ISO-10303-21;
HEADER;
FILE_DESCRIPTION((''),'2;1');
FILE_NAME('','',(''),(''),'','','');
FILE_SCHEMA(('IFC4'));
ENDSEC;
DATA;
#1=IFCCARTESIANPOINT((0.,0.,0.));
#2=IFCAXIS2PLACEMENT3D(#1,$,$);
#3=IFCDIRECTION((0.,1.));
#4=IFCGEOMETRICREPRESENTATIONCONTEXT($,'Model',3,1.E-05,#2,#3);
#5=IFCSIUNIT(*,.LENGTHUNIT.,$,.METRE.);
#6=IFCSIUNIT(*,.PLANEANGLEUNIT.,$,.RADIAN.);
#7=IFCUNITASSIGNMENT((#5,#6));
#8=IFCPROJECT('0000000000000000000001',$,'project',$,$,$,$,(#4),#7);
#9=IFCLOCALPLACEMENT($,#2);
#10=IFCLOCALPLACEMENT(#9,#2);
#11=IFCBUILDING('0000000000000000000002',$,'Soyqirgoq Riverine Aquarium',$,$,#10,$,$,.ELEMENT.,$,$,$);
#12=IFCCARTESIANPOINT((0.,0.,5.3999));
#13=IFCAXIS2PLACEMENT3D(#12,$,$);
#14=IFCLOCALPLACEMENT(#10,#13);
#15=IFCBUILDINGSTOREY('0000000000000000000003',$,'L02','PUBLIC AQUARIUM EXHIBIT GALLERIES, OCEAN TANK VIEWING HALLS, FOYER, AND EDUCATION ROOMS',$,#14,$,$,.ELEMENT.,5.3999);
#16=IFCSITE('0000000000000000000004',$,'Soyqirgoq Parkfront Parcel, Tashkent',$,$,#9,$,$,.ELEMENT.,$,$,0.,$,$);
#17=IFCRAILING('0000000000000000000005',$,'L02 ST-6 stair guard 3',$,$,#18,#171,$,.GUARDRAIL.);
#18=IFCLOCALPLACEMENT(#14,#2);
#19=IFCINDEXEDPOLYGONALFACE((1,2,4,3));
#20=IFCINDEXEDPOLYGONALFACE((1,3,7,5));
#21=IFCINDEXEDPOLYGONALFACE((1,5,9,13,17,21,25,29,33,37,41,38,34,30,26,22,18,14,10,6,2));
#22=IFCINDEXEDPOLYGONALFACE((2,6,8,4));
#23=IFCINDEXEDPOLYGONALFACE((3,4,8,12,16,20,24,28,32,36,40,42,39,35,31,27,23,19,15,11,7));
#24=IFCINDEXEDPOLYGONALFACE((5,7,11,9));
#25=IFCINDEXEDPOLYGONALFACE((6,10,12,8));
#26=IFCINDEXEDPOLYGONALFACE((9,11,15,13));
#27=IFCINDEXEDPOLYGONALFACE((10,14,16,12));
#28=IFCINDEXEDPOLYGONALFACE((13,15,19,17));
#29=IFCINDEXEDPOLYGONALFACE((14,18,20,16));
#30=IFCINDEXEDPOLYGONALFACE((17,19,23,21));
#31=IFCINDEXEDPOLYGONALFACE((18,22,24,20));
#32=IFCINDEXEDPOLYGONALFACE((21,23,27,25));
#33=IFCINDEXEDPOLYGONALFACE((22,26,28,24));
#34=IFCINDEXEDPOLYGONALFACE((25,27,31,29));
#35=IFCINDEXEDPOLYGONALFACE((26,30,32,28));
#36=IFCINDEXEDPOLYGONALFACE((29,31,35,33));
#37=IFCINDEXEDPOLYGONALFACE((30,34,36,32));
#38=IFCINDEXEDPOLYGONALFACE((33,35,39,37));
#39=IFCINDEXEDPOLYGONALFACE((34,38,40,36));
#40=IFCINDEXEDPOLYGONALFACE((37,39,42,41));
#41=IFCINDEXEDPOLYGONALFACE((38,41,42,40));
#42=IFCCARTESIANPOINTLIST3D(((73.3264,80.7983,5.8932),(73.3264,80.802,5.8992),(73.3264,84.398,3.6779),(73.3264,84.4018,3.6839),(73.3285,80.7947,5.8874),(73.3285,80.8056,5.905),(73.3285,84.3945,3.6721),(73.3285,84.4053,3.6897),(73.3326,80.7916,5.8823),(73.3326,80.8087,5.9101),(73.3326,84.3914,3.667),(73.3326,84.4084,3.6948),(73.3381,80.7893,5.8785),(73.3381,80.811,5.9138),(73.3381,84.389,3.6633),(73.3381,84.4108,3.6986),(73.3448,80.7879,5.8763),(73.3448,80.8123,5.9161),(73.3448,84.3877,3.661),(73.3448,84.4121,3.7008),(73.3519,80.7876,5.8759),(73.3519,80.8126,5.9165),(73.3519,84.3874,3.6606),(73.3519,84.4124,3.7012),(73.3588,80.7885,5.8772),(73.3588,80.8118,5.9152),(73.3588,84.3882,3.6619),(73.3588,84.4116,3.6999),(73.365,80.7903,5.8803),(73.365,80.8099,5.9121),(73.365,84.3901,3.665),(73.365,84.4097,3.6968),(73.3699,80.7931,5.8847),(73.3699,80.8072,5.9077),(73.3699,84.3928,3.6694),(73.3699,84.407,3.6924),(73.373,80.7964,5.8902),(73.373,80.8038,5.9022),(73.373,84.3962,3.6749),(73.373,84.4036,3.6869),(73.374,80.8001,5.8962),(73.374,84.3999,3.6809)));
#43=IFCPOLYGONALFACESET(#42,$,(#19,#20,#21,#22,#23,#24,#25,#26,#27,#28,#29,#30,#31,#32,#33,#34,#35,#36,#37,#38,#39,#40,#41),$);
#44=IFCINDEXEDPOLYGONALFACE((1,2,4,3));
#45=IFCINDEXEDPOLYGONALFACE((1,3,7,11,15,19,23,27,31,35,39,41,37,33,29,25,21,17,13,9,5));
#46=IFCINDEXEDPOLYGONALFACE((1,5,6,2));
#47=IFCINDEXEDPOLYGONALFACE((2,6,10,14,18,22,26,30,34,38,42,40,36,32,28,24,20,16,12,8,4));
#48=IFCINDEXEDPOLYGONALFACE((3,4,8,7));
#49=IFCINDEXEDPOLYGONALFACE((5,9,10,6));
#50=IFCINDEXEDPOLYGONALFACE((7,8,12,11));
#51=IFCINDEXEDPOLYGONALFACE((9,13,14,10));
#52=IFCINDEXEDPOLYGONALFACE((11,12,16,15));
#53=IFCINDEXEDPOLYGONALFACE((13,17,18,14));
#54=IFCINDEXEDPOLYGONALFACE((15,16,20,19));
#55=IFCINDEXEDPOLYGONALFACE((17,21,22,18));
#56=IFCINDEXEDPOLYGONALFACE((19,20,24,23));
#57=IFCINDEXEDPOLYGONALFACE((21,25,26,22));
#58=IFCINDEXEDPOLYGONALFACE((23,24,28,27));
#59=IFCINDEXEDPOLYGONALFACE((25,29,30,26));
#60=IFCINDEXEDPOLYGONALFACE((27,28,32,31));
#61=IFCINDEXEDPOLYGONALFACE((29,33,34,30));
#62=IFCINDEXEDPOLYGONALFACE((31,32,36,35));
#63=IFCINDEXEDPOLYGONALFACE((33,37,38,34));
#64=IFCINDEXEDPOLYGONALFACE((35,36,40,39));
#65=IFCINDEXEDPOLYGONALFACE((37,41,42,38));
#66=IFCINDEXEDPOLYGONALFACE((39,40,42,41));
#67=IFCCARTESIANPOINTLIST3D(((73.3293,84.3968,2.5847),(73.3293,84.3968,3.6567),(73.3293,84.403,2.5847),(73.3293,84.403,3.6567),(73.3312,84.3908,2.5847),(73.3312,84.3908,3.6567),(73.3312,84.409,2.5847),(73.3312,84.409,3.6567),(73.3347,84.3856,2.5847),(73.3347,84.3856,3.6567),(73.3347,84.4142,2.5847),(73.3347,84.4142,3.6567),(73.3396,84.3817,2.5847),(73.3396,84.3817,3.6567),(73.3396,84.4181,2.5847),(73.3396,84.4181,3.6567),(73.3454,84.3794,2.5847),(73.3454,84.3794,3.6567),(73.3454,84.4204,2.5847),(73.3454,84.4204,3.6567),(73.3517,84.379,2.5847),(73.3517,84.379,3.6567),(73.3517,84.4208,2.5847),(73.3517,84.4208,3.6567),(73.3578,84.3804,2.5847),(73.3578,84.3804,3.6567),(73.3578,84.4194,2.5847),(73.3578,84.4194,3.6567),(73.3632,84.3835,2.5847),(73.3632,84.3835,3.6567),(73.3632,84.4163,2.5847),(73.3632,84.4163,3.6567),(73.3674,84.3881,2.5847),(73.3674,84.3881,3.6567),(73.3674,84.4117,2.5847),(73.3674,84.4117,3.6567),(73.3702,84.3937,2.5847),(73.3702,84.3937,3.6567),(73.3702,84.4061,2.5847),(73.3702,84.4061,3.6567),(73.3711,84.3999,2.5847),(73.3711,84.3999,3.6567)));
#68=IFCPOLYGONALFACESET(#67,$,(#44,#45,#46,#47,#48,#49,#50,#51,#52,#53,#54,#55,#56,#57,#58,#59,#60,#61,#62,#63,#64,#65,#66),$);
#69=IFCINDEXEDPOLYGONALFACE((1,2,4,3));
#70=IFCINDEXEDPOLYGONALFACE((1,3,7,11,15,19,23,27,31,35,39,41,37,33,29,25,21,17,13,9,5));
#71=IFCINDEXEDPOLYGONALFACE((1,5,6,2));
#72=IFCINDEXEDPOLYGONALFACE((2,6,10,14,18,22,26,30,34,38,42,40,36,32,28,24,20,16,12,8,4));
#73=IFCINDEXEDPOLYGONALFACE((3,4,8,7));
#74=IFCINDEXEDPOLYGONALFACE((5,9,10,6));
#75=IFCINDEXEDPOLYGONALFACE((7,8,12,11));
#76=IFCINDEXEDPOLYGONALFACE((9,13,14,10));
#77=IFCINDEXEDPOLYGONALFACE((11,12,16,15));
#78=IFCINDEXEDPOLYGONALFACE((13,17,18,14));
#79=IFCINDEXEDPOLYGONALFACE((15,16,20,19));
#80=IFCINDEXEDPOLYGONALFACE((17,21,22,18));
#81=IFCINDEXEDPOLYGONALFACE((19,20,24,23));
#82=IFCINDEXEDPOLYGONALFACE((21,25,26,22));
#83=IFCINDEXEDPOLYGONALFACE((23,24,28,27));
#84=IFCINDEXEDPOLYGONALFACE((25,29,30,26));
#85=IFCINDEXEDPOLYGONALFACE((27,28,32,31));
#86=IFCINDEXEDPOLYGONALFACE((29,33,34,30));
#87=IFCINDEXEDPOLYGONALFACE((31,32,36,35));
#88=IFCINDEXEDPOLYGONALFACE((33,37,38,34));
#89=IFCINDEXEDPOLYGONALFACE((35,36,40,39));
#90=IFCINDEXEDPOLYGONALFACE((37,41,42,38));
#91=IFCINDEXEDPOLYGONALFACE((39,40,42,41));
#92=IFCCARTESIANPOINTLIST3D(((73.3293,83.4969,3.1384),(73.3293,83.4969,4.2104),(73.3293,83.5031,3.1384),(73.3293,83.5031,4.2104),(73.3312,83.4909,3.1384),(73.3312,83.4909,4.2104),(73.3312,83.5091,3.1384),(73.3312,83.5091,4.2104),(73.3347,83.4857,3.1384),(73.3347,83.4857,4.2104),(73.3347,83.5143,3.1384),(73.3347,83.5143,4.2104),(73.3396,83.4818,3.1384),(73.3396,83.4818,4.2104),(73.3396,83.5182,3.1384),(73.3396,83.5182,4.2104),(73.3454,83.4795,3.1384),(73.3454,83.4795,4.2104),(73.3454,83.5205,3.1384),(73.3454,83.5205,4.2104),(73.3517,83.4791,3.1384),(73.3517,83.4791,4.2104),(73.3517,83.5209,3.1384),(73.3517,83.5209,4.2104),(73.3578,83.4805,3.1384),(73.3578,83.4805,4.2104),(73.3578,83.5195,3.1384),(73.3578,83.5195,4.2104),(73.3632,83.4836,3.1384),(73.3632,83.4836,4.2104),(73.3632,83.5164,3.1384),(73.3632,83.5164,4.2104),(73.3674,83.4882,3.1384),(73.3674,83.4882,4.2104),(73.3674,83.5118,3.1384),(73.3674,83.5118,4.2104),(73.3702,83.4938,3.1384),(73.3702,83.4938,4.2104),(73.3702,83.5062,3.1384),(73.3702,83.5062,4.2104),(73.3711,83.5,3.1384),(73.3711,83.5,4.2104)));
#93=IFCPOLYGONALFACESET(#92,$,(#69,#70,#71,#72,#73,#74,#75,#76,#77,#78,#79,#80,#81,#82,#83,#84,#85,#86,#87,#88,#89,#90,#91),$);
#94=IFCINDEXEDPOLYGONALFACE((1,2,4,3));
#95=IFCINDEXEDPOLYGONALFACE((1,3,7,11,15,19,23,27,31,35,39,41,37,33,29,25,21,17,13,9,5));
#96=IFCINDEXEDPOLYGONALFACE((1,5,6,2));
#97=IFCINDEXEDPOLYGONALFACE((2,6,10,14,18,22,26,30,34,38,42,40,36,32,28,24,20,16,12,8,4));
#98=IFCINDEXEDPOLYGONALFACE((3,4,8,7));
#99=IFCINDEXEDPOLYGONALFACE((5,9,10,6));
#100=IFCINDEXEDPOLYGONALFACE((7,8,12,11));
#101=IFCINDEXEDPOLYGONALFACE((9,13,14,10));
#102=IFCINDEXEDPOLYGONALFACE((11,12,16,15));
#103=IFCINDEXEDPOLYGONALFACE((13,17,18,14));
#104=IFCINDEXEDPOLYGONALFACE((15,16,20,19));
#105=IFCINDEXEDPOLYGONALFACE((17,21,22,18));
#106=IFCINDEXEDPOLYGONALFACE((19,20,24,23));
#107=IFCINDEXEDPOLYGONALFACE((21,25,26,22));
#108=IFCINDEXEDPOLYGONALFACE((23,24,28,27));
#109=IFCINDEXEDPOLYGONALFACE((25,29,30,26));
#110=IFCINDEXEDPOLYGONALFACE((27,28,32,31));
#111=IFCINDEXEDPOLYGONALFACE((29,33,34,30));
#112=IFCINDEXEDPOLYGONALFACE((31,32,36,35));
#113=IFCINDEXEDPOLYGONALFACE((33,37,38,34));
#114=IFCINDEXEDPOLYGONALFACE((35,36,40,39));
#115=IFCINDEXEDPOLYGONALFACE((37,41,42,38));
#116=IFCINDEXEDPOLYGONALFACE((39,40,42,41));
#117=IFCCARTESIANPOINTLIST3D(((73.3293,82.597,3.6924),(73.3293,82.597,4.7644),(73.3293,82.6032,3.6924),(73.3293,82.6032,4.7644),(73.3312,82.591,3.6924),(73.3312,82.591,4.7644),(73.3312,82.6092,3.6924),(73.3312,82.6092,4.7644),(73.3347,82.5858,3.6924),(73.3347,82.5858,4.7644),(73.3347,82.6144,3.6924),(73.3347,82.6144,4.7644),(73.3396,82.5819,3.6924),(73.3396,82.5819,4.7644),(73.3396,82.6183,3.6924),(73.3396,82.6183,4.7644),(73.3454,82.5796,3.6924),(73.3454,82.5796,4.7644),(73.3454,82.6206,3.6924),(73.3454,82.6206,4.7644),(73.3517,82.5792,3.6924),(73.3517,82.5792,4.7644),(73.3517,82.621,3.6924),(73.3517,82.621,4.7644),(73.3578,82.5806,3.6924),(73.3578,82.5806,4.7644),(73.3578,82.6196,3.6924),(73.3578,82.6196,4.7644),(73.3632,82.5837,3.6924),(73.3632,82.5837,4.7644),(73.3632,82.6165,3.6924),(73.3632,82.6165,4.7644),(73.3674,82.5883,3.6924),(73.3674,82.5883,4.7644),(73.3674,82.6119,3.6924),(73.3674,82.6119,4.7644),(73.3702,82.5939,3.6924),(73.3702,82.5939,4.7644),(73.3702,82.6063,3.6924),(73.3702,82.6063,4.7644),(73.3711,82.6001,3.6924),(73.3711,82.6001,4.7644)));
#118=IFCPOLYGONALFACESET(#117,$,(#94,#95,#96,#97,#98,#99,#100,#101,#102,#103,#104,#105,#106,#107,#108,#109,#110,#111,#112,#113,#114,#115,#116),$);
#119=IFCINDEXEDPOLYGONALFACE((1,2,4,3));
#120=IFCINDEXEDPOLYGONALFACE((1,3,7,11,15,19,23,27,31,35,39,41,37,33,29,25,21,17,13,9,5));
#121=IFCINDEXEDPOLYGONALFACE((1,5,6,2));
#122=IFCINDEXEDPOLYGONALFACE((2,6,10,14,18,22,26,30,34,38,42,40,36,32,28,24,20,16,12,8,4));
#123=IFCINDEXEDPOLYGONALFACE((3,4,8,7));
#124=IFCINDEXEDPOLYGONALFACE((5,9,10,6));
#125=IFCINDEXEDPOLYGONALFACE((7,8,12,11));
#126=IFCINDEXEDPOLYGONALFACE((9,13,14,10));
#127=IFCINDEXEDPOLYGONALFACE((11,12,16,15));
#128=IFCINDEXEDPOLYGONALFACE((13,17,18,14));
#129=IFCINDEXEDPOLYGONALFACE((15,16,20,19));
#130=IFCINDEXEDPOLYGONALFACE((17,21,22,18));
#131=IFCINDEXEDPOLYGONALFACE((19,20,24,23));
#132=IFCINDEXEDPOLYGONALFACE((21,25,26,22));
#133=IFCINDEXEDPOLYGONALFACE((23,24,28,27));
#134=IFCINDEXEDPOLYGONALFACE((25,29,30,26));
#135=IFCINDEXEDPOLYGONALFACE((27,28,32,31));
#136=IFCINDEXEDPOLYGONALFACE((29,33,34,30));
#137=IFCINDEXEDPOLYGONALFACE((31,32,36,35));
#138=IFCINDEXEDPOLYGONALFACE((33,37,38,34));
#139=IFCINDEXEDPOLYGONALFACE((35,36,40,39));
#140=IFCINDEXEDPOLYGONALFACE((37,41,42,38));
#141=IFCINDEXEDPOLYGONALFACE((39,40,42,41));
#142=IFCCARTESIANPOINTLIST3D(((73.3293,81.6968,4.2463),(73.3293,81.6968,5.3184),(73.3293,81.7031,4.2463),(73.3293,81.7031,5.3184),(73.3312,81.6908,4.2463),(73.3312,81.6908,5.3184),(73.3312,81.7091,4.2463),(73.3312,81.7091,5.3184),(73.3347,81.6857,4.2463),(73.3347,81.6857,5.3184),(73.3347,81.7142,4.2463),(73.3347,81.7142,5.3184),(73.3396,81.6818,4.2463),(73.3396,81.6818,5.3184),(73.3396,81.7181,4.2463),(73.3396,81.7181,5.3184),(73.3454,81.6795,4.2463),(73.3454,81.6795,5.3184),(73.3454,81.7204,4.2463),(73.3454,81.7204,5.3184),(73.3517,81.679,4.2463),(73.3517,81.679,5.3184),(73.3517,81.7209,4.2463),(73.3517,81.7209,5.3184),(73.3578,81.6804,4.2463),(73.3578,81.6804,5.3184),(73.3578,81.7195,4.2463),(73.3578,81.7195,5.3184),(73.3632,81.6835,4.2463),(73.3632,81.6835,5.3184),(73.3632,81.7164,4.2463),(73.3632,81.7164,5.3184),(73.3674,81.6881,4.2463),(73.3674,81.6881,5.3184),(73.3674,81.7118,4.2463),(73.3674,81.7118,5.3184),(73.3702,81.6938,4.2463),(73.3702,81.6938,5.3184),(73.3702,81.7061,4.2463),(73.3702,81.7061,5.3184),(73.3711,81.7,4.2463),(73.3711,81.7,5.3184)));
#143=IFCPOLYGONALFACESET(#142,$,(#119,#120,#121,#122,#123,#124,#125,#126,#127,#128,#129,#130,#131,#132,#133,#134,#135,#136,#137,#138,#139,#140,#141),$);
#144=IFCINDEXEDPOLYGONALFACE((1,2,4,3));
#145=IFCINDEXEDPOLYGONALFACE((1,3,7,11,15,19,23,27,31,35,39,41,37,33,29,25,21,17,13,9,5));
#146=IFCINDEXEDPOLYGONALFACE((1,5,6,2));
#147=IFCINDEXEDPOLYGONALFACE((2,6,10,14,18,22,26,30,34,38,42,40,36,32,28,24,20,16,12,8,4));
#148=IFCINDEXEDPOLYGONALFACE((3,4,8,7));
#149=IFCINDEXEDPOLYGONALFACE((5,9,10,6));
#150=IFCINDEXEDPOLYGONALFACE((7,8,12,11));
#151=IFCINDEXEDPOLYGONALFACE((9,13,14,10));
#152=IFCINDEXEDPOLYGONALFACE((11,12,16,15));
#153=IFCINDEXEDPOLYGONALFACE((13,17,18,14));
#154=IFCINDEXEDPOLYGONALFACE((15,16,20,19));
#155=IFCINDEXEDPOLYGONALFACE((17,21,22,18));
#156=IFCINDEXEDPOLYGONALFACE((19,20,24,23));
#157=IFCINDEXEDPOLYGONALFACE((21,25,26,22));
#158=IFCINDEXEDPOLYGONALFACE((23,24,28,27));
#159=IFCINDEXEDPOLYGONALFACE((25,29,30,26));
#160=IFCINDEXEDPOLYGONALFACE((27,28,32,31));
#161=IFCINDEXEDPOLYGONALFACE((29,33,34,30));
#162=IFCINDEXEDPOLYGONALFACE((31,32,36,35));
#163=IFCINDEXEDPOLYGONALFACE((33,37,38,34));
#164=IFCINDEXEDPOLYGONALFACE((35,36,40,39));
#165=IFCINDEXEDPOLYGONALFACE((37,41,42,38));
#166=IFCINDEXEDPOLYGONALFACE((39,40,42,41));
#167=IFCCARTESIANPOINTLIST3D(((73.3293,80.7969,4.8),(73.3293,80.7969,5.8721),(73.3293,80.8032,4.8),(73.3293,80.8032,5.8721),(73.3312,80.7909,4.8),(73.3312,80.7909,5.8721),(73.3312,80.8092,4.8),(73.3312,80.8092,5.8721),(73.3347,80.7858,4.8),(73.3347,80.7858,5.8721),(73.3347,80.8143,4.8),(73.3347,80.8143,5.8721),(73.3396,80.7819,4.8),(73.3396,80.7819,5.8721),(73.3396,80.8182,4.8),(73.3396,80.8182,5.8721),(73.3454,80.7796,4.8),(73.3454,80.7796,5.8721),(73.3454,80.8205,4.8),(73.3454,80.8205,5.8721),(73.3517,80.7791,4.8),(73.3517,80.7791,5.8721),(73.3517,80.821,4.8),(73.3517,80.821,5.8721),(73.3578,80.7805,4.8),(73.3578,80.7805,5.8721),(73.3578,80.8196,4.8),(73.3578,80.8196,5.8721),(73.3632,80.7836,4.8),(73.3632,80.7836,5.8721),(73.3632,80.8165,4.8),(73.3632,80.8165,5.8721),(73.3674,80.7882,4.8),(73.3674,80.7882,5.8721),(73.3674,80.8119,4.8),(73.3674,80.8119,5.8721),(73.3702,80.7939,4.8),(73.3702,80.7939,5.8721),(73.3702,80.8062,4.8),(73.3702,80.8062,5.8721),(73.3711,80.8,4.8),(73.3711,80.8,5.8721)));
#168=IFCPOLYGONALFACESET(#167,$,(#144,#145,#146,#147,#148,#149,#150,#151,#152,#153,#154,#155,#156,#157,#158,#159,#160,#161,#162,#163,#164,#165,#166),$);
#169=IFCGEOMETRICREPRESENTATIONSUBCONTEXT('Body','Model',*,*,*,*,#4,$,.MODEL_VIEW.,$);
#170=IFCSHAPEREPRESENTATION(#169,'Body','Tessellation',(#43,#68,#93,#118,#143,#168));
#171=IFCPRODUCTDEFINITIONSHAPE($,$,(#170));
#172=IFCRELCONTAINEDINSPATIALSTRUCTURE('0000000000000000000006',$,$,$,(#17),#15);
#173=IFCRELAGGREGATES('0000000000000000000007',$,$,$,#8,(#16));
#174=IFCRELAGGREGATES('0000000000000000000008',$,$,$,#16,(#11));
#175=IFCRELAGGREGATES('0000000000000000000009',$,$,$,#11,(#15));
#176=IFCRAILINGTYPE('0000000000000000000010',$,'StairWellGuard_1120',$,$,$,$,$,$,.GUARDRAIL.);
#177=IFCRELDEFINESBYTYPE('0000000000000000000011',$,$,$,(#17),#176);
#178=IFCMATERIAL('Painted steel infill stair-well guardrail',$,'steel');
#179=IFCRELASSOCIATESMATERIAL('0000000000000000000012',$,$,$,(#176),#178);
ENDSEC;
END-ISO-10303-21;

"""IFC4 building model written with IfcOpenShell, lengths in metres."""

from ifc_helpers import new_model, si_unit, direction, frame, origin, origin_2d, place, context, subcontext, project, spatial, circle, extrude, material, type_object, element, save


model = new_model("IFC4")

# Units and contexts
model_context = context("Model", 3, precision=1e-05, world=origin(), true_north=direction((0.0, 1.0)))
body_context = subcontext(model_context, "Body", "Model", "MODEL_VIEW")
ifc_project = project(units=[si_unit("LENGTHUNIT", "METRE"), si_unit("PLANEANGLEUNIT", "RADIAN")], contexts=[model_context])

# Site, building, storey
site_placement = place(None, origin())
site = spatial("IfcSite", under=ifc_project, at=site_placement, Name="Soyqirgoq Parkfront Parcel, Tashkent", CompositionType="ELEMENT", RefElevation=0.0)
building_placement = place(site_placement, origin())
building = spatial("IfcBuilding", under=site, at=building_placement, Name="Soyqirgoq Riverine Aquarium", CompositionType="ELEMENT")
storey_placement = place(building_placement, frame((0.0, 0.0, 5.3999)))
storey = spatial("IfcBuildingStorey", under=building, at=storey_placement, Name="L02", Description="PUBLIC AQUARIUM EXHIBIT GALLERIES, OCEAN TANK VIEWING HALLS, FOYER, AND EDUCATION ROOMS", CompositionType="ELEMENT", Elevation=5.3999)

# Railing
ifc_material_1 = material(Name="Painted steel infill stair-well guardrail", Category="steel")
railing_type_1 = type_object("IfcRailingType", Name="StairWellGuard_1120", PredefinedType="GUARDRAIL", material=ifc_material_1)
railing_1_placement = place(storey_placement, frame((73.3501, 84.3999, 2.5847)))
element("IfcRailing", 1, at=railing_1_placement, inside=storey, type_object=railing_type_1, Name="L02 ST-6 stair guard 3", PredefinedType="GUARDRAIL", context=body_context, shape_type="SweptSolid", body=[
    extrude(circle(Radius=0.0239, at=origin_2d()), frame((0.0, 0.0, 1.0962), z_axis=(0.0, -0.851654, 0.524104), x_axis=(1.0, 0.0, 0.0)), (0.0, 0.0, 1.0), 4.2268),
    extrude(circle(Radius=0.021, at=origin_2d()), origin(), (0.0, 0.0, 1.0), 1.072),
    extrude(circle(Radius=0.021, at=origin_2d()), frame((0.0, -0.8999, 0.5537)), (0.0, 0.0, 1.0), 1.072),
    extrude(circle(Radius=0.021, at=origin_2d()), frame((0.0, -1.7998, 1.1077)), (0.0, 0.0, 1.0), 1.072),
    extrude(circle(Radius=0.021, at=origin_2d()), frame((0.0, -2.7, 1.6616)), (0.0, 0.0, 1.0), 1.072),
    extrude(circle(Radius=0.021, at=origin_2d()), frame((0.0, -3.5999, 2.2153)), (0.0, 0.0, 1.0), 1.072),
])

save(model, "model.ifc")
